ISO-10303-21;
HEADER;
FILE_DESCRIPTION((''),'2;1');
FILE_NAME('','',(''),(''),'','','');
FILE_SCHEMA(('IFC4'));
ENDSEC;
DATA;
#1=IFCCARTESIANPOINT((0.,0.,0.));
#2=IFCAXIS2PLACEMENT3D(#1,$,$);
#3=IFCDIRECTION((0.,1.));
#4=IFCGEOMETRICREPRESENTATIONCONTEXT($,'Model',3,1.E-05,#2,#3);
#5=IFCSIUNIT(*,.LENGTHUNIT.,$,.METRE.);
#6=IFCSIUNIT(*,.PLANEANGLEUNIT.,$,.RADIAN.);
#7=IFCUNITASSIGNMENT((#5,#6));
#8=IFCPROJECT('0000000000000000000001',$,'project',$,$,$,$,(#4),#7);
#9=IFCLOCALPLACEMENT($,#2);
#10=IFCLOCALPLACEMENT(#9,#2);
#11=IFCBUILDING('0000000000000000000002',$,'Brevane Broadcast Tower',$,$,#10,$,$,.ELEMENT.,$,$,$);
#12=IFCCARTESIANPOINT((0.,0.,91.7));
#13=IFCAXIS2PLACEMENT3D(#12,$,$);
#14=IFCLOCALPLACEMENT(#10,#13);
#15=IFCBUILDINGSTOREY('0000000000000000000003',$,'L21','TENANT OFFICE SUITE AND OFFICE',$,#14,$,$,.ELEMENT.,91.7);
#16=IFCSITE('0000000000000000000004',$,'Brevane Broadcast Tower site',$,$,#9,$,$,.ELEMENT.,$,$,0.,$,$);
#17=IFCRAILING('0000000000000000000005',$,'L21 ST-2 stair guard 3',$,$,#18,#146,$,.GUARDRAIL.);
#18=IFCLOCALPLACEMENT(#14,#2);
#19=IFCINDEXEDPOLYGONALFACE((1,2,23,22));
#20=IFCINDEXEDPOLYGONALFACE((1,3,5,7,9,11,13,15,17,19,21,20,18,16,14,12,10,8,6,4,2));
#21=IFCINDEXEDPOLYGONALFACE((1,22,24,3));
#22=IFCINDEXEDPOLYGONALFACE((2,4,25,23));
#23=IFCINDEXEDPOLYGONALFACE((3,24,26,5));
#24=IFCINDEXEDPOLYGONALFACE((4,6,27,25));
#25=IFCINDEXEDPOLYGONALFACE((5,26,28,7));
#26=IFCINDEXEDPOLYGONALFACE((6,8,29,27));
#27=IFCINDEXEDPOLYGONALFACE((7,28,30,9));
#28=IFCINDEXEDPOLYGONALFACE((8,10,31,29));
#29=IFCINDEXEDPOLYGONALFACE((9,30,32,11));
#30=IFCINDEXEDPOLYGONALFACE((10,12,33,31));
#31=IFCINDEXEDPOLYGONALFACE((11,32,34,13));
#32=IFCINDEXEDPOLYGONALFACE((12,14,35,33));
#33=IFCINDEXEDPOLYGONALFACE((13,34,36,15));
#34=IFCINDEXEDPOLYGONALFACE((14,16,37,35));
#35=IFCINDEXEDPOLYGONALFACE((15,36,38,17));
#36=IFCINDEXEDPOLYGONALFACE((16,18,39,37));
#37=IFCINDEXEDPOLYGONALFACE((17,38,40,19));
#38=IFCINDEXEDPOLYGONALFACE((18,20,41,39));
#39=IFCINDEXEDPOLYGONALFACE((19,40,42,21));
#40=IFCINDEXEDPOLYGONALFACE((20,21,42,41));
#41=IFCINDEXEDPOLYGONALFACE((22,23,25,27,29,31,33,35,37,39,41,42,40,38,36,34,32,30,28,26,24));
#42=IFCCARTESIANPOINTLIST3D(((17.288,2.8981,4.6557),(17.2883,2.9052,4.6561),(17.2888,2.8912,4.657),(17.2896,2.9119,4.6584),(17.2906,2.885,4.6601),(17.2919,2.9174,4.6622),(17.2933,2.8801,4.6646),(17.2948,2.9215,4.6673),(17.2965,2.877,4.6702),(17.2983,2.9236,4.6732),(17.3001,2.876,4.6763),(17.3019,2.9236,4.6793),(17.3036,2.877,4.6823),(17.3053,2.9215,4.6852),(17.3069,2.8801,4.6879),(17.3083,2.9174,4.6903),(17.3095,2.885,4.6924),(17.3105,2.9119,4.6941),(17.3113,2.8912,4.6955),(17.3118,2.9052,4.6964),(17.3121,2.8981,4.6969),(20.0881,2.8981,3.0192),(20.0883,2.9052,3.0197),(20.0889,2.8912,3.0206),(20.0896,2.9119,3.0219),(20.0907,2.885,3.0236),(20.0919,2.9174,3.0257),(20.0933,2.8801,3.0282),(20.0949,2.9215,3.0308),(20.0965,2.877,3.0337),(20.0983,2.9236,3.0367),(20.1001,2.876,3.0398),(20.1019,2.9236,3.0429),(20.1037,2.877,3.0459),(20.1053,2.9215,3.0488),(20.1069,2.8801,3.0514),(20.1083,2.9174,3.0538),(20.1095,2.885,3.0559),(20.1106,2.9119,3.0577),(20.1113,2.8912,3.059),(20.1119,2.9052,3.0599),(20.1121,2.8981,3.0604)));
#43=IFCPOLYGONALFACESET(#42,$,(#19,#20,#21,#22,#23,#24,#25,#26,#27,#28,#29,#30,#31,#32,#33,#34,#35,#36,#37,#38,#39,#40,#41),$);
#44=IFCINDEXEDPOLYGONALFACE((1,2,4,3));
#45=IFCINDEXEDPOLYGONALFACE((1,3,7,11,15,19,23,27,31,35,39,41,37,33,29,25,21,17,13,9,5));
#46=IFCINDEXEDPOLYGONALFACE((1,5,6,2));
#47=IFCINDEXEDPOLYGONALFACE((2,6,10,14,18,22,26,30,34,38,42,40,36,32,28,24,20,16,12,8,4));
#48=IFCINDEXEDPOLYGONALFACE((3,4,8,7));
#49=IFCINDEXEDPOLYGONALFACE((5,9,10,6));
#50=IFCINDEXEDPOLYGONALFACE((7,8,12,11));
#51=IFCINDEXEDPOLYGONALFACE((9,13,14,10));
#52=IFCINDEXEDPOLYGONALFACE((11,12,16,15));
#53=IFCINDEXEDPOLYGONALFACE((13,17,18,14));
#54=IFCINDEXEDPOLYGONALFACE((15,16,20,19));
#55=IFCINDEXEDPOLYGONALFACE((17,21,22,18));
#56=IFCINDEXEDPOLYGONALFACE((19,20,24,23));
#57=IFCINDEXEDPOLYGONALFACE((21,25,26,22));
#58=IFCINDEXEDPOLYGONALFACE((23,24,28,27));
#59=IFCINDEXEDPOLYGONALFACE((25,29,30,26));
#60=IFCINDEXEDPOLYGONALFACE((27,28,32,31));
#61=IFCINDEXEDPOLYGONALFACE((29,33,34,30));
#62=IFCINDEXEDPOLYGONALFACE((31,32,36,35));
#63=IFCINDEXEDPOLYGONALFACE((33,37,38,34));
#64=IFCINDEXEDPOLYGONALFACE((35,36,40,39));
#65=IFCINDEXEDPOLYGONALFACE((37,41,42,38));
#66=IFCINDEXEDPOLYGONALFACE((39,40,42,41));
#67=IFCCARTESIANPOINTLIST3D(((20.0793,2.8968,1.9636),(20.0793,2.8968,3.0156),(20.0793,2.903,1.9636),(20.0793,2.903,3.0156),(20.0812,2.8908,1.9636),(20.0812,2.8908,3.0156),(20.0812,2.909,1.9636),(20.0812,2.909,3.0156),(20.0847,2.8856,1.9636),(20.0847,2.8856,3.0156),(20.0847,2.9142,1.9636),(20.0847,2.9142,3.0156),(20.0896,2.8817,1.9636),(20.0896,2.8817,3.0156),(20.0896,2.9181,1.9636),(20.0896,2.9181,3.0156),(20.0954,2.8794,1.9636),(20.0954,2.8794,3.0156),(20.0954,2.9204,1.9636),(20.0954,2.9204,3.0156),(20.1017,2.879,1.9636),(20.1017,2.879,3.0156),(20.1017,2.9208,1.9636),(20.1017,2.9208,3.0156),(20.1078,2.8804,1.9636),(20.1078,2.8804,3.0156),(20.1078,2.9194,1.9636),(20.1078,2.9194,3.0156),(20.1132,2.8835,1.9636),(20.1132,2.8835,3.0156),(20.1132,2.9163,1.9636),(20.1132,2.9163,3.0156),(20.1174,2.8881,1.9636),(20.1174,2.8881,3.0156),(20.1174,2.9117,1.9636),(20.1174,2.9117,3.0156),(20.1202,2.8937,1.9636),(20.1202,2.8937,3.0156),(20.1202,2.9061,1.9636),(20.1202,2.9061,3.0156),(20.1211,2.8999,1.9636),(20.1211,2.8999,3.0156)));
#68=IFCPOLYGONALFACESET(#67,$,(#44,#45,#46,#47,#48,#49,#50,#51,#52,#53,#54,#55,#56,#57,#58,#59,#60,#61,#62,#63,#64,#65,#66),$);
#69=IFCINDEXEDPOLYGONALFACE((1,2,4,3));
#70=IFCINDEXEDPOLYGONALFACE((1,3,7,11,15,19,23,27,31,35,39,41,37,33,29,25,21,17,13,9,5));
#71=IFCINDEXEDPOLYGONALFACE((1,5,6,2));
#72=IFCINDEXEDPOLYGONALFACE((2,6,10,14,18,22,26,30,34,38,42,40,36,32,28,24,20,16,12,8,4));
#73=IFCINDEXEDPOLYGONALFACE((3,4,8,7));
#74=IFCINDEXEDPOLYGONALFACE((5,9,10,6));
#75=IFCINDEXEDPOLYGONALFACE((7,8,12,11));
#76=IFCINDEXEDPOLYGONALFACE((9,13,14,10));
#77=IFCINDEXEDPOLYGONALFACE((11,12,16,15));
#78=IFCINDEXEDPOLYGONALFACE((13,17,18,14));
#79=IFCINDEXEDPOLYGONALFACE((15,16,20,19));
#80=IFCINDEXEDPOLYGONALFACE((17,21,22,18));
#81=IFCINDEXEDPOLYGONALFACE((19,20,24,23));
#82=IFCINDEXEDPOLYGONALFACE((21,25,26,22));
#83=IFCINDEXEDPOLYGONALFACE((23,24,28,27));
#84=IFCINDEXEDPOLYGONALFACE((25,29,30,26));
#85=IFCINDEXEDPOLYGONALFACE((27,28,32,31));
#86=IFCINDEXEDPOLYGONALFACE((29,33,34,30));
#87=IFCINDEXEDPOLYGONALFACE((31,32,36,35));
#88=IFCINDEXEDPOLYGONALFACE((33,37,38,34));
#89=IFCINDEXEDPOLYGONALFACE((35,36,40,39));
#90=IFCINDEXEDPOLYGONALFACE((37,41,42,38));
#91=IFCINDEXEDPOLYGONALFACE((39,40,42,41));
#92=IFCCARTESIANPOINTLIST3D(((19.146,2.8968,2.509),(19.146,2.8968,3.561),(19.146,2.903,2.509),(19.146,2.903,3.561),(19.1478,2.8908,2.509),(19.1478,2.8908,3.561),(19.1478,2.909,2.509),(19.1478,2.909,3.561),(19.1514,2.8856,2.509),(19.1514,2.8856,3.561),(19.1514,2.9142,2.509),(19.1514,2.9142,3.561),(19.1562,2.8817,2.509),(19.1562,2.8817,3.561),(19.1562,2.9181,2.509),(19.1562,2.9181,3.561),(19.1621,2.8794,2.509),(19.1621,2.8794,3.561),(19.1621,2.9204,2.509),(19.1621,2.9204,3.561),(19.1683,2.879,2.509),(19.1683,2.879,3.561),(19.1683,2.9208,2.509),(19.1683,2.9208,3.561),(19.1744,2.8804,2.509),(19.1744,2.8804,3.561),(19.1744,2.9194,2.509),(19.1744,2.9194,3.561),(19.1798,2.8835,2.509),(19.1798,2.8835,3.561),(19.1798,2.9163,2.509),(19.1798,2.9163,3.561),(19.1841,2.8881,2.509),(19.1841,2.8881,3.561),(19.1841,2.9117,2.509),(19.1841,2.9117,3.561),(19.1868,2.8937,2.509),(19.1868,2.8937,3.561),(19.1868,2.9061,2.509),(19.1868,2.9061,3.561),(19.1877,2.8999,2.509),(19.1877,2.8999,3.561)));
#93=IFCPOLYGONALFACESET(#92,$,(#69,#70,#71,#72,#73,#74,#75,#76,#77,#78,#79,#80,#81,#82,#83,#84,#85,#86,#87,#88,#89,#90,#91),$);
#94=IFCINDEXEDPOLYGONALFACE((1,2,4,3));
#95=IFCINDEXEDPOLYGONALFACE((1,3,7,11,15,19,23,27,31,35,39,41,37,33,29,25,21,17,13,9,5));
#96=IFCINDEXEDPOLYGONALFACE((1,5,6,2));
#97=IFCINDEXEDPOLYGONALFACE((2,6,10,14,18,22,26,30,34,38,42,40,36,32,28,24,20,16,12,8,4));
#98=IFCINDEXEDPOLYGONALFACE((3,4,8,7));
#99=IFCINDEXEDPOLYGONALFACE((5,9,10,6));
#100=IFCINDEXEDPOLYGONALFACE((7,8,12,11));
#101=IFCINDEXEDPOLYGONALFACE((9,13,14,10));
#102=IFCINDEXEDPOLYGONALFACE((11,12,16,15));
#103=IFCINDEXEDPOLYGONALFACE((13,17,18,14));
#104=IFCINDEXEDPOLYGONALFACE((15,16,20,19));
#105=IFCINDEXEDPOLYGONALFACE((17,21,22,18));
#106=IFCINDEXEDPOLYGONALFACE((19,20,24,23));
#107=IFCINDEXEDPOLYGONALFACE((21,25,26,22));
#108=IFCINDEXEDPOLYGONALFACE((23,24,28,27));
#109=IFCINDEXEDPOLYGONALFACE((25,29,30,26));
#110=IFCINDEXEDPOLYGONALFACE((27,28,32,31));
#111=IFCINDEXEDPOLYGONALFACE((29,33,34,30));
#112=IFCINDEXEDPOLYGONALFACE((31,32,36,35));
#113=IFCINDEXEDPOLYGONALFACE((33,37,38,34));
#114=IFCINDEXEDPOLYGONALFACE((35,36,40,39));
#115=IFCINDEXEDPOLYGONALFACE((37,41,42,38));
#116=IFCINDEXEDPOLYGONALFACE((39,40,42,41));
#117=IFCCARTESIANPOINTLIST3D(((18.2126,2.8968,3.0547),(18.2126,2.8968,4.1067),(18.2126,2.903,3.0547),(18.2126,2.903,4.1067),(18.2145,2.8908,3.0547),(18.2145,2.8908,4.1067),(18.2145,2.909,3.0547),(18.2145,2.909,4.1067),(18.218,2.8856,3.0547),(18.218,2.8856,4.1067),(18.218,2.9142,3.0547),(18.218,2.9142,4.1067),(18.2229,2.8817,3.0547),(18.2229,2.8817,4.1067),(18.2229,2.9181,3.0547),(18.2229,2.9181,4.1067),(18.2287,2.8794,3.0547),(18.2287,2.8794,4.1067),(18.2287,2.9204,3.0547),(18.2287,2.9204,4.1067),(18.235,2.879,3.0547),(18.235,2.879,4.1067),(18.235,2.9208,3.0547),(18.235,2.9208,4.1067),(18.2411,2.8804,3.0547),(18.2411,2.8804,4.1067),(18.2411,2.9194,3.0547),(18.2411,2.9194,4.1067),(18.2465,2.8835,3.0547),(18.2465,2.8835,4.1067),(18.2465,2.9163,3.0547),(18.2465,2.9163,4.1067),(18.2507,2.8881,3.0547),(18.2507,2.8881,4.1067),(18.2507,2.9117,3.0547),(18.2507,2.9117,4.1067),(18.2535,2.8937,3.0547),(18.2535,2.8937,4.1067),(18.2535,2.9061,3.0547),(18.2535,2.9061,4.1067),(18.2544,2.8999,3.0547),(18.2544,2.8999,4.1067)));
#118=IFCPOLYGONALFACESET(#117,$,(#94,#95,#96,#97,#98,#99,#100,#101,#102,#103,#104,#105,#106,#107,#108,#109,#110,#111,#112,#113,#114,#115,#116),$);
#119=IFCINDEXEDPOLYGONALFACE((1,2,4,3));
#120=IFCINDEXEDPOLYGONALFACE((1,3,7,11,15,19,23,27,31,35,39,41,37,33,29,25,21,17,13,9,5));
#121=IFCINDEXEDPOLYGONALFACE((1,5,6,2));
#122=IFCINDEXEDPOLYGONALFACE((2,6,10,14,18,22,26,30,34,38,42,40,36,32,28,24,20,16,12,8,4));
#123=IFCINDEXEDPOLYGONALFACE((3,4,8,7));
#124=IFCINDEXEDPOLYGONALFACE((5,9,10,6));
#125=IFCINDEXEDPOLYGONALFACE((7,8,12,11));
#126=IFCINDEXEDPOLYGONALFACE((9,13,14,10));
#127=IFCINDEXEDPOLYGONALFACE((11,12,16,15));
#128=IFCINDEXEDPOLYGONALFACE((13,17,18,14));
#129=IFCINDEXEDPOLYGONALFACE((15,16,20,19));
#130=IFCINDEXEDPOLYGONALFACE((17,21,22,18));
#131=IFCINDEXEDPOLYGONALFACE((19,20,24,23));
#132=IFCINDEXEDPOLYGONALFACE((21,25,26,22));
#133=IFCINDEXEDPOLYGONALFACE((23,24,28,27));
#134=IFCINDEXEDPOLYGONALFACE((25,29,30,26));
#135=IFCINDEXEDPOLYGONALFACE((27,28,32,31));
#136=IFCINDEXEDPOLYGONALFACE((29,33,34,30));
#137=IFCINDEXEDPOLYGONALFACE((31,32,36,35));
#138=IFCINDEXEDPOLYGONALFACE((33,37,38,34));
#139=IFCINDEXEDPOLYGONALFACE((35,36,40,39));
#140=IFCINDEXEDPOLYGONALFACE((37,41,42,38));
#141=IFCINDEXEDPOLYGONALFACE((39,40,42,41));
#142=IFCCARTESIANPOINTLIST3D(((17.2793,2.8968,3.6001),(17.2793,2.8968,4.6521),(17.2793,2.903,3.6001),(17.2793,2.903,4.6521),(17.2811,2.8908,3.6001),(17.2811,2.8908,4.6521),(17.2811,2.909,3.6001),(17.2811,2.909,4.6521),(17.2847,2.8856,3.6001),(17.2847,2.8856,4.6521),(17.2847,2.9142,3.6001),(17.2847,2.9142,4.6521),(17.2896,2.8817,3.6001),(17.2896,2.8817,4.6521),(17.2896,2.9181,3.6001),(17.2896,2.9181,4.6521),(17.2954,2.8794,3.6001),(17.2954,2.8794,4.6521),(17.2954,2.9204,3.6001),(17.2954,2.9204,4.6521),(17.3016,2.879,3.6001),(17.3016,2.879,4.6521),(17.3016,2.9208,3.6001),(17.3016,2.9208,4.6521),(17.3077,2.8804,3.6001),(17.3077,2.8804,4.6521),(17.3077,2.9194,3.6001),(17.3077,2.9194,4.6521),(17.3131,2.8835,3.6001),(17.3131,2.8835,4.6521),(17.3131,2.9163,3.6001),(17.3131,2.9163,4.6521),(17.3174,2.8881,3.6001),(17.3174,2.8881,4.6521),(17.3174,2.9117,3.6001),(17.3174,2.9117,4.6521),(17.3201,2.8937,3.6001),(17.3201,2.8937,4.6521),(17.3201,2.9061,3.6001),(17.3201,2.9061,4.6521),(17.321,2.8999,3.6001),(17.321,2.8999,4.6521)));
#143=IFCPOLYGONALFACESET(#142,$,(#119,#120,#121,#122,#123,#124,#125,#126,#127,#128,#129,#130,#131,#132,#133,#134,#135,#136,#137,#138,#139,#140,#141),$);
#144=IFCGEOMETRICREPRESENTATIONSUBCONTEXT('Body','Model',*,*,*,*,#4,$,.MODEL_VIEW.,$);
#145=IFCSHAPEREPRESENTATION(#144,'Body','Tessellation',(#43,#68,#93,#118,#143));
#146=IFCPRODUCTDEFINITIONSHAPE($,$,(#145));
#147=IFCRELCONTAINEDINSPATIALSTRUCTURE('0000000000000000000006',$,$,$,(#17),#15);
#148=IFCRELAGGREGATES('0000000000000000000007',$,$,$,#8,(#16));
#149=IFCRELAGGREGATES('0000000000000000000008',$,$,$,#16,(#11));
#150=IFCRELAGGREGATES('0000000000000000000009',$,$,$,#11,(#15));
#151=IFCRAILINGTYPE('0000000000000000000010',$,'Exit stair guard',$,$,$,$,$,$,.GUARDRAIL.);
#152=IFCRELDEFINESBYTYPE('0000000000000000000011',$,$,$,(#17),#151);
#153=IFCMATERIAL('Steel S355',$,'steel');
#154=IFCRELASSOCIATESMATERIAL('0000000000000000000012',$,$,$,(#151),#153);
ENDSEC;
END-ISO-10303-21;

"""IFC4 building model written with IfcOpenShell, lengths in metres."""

from ifc_helpers import new_model, si_unit, direction, frame, origin, origin_2d, place, context, subcontext, project, spatial, circle, extrude, material, type_object, element, save


model = new_model("IFC4")

# Units and contexts
model_context = context("Model", 3, precision=1e-05, world=origin(), true_north=direction((0.0, 1.0)))
body_context = subcontext(model_context, "Body", "Model", "MODEL_VIEW")
ifc_project = project(units=[si_unit("LENGTHUNIT", "METRE"), si_unit("PLANEANGLEUNIT", "RADIAN")], contexts=[model_context])

# Site, building, storey
site_placement = place(None, origin())
site = spatial("IfcSite", under=ifc_project, at=site_placement, Name="Brevane Broadcast Tower site", CompositionType="ELEMENT", RefElevation=0.0)
building_placement = place(site_placement, origin())
building = spatial("IfcBuilding", under=site, at=building_placement, Name="Brevane Broadcast Tower", CompositionType="ELEMENT")
storey_placement = place(building_placement, frame((0.0, 0.0, 91.7)))
storey = spatial("IfcBuildingStorey", under=building, at=storey_placement, Name="L21", Description="TENANT OFFICE SUITE AND OFFICE", CompositionType="ELEMENT", Elevation=91.7)

# Railing
ifc_material_1 = material(Name="Steel S355", Category="steel")
railing_type_1 = type_object("IfcRailingType", Name="Exit stair guard", PredefinedType="GUARDRAIL", material=ifc_material_1)
railing_1_placement = place(storey_placement, frame((20.1001, 2.8999, 1.9636)))
element("IfcRailing", 1, at=railing_1_placement, inside=storey, type_object=railing_type_1, Name="L21 ST-2 stair guard 3", PredefinedType="GUARDRAIL", context=body_context, shape_type="SweptSolid", body=[
    extrude(circle(Radius=0.0239, at=origin_2d()), frame((0.0, 0.0, 1.0762), z_axis=(-0.863361, 0.0, 0.504587), x_axis=(0.0, -1.0, 0.0)), (0.0, 0.0, 1.0), 3.2432),
    extrude(circle(Radius=0.021, at=origin_2d()), origin(), (0.0, 0.0, 1.0), 1.052),
    extrude(circle(Radius=0.021, at=origin_2d()), frame((-0.9333, 0.0, 0.5454)), (0.0, 0.0, 1.0), 1.052),
    extrude(circle(Radius=0.021, at=origin_2d()), frame((-1.8667, 0.0, 1.0911)), (0.0, 0.0, 1.0), 1.052),
    extrude(circle(Radius=0.021, at=origin_2d()), frame((-2.8, 0.0, 1.6365)), (0.0, 0.0, 1.0), 1.052),
])

save(model, "model.ifc")
